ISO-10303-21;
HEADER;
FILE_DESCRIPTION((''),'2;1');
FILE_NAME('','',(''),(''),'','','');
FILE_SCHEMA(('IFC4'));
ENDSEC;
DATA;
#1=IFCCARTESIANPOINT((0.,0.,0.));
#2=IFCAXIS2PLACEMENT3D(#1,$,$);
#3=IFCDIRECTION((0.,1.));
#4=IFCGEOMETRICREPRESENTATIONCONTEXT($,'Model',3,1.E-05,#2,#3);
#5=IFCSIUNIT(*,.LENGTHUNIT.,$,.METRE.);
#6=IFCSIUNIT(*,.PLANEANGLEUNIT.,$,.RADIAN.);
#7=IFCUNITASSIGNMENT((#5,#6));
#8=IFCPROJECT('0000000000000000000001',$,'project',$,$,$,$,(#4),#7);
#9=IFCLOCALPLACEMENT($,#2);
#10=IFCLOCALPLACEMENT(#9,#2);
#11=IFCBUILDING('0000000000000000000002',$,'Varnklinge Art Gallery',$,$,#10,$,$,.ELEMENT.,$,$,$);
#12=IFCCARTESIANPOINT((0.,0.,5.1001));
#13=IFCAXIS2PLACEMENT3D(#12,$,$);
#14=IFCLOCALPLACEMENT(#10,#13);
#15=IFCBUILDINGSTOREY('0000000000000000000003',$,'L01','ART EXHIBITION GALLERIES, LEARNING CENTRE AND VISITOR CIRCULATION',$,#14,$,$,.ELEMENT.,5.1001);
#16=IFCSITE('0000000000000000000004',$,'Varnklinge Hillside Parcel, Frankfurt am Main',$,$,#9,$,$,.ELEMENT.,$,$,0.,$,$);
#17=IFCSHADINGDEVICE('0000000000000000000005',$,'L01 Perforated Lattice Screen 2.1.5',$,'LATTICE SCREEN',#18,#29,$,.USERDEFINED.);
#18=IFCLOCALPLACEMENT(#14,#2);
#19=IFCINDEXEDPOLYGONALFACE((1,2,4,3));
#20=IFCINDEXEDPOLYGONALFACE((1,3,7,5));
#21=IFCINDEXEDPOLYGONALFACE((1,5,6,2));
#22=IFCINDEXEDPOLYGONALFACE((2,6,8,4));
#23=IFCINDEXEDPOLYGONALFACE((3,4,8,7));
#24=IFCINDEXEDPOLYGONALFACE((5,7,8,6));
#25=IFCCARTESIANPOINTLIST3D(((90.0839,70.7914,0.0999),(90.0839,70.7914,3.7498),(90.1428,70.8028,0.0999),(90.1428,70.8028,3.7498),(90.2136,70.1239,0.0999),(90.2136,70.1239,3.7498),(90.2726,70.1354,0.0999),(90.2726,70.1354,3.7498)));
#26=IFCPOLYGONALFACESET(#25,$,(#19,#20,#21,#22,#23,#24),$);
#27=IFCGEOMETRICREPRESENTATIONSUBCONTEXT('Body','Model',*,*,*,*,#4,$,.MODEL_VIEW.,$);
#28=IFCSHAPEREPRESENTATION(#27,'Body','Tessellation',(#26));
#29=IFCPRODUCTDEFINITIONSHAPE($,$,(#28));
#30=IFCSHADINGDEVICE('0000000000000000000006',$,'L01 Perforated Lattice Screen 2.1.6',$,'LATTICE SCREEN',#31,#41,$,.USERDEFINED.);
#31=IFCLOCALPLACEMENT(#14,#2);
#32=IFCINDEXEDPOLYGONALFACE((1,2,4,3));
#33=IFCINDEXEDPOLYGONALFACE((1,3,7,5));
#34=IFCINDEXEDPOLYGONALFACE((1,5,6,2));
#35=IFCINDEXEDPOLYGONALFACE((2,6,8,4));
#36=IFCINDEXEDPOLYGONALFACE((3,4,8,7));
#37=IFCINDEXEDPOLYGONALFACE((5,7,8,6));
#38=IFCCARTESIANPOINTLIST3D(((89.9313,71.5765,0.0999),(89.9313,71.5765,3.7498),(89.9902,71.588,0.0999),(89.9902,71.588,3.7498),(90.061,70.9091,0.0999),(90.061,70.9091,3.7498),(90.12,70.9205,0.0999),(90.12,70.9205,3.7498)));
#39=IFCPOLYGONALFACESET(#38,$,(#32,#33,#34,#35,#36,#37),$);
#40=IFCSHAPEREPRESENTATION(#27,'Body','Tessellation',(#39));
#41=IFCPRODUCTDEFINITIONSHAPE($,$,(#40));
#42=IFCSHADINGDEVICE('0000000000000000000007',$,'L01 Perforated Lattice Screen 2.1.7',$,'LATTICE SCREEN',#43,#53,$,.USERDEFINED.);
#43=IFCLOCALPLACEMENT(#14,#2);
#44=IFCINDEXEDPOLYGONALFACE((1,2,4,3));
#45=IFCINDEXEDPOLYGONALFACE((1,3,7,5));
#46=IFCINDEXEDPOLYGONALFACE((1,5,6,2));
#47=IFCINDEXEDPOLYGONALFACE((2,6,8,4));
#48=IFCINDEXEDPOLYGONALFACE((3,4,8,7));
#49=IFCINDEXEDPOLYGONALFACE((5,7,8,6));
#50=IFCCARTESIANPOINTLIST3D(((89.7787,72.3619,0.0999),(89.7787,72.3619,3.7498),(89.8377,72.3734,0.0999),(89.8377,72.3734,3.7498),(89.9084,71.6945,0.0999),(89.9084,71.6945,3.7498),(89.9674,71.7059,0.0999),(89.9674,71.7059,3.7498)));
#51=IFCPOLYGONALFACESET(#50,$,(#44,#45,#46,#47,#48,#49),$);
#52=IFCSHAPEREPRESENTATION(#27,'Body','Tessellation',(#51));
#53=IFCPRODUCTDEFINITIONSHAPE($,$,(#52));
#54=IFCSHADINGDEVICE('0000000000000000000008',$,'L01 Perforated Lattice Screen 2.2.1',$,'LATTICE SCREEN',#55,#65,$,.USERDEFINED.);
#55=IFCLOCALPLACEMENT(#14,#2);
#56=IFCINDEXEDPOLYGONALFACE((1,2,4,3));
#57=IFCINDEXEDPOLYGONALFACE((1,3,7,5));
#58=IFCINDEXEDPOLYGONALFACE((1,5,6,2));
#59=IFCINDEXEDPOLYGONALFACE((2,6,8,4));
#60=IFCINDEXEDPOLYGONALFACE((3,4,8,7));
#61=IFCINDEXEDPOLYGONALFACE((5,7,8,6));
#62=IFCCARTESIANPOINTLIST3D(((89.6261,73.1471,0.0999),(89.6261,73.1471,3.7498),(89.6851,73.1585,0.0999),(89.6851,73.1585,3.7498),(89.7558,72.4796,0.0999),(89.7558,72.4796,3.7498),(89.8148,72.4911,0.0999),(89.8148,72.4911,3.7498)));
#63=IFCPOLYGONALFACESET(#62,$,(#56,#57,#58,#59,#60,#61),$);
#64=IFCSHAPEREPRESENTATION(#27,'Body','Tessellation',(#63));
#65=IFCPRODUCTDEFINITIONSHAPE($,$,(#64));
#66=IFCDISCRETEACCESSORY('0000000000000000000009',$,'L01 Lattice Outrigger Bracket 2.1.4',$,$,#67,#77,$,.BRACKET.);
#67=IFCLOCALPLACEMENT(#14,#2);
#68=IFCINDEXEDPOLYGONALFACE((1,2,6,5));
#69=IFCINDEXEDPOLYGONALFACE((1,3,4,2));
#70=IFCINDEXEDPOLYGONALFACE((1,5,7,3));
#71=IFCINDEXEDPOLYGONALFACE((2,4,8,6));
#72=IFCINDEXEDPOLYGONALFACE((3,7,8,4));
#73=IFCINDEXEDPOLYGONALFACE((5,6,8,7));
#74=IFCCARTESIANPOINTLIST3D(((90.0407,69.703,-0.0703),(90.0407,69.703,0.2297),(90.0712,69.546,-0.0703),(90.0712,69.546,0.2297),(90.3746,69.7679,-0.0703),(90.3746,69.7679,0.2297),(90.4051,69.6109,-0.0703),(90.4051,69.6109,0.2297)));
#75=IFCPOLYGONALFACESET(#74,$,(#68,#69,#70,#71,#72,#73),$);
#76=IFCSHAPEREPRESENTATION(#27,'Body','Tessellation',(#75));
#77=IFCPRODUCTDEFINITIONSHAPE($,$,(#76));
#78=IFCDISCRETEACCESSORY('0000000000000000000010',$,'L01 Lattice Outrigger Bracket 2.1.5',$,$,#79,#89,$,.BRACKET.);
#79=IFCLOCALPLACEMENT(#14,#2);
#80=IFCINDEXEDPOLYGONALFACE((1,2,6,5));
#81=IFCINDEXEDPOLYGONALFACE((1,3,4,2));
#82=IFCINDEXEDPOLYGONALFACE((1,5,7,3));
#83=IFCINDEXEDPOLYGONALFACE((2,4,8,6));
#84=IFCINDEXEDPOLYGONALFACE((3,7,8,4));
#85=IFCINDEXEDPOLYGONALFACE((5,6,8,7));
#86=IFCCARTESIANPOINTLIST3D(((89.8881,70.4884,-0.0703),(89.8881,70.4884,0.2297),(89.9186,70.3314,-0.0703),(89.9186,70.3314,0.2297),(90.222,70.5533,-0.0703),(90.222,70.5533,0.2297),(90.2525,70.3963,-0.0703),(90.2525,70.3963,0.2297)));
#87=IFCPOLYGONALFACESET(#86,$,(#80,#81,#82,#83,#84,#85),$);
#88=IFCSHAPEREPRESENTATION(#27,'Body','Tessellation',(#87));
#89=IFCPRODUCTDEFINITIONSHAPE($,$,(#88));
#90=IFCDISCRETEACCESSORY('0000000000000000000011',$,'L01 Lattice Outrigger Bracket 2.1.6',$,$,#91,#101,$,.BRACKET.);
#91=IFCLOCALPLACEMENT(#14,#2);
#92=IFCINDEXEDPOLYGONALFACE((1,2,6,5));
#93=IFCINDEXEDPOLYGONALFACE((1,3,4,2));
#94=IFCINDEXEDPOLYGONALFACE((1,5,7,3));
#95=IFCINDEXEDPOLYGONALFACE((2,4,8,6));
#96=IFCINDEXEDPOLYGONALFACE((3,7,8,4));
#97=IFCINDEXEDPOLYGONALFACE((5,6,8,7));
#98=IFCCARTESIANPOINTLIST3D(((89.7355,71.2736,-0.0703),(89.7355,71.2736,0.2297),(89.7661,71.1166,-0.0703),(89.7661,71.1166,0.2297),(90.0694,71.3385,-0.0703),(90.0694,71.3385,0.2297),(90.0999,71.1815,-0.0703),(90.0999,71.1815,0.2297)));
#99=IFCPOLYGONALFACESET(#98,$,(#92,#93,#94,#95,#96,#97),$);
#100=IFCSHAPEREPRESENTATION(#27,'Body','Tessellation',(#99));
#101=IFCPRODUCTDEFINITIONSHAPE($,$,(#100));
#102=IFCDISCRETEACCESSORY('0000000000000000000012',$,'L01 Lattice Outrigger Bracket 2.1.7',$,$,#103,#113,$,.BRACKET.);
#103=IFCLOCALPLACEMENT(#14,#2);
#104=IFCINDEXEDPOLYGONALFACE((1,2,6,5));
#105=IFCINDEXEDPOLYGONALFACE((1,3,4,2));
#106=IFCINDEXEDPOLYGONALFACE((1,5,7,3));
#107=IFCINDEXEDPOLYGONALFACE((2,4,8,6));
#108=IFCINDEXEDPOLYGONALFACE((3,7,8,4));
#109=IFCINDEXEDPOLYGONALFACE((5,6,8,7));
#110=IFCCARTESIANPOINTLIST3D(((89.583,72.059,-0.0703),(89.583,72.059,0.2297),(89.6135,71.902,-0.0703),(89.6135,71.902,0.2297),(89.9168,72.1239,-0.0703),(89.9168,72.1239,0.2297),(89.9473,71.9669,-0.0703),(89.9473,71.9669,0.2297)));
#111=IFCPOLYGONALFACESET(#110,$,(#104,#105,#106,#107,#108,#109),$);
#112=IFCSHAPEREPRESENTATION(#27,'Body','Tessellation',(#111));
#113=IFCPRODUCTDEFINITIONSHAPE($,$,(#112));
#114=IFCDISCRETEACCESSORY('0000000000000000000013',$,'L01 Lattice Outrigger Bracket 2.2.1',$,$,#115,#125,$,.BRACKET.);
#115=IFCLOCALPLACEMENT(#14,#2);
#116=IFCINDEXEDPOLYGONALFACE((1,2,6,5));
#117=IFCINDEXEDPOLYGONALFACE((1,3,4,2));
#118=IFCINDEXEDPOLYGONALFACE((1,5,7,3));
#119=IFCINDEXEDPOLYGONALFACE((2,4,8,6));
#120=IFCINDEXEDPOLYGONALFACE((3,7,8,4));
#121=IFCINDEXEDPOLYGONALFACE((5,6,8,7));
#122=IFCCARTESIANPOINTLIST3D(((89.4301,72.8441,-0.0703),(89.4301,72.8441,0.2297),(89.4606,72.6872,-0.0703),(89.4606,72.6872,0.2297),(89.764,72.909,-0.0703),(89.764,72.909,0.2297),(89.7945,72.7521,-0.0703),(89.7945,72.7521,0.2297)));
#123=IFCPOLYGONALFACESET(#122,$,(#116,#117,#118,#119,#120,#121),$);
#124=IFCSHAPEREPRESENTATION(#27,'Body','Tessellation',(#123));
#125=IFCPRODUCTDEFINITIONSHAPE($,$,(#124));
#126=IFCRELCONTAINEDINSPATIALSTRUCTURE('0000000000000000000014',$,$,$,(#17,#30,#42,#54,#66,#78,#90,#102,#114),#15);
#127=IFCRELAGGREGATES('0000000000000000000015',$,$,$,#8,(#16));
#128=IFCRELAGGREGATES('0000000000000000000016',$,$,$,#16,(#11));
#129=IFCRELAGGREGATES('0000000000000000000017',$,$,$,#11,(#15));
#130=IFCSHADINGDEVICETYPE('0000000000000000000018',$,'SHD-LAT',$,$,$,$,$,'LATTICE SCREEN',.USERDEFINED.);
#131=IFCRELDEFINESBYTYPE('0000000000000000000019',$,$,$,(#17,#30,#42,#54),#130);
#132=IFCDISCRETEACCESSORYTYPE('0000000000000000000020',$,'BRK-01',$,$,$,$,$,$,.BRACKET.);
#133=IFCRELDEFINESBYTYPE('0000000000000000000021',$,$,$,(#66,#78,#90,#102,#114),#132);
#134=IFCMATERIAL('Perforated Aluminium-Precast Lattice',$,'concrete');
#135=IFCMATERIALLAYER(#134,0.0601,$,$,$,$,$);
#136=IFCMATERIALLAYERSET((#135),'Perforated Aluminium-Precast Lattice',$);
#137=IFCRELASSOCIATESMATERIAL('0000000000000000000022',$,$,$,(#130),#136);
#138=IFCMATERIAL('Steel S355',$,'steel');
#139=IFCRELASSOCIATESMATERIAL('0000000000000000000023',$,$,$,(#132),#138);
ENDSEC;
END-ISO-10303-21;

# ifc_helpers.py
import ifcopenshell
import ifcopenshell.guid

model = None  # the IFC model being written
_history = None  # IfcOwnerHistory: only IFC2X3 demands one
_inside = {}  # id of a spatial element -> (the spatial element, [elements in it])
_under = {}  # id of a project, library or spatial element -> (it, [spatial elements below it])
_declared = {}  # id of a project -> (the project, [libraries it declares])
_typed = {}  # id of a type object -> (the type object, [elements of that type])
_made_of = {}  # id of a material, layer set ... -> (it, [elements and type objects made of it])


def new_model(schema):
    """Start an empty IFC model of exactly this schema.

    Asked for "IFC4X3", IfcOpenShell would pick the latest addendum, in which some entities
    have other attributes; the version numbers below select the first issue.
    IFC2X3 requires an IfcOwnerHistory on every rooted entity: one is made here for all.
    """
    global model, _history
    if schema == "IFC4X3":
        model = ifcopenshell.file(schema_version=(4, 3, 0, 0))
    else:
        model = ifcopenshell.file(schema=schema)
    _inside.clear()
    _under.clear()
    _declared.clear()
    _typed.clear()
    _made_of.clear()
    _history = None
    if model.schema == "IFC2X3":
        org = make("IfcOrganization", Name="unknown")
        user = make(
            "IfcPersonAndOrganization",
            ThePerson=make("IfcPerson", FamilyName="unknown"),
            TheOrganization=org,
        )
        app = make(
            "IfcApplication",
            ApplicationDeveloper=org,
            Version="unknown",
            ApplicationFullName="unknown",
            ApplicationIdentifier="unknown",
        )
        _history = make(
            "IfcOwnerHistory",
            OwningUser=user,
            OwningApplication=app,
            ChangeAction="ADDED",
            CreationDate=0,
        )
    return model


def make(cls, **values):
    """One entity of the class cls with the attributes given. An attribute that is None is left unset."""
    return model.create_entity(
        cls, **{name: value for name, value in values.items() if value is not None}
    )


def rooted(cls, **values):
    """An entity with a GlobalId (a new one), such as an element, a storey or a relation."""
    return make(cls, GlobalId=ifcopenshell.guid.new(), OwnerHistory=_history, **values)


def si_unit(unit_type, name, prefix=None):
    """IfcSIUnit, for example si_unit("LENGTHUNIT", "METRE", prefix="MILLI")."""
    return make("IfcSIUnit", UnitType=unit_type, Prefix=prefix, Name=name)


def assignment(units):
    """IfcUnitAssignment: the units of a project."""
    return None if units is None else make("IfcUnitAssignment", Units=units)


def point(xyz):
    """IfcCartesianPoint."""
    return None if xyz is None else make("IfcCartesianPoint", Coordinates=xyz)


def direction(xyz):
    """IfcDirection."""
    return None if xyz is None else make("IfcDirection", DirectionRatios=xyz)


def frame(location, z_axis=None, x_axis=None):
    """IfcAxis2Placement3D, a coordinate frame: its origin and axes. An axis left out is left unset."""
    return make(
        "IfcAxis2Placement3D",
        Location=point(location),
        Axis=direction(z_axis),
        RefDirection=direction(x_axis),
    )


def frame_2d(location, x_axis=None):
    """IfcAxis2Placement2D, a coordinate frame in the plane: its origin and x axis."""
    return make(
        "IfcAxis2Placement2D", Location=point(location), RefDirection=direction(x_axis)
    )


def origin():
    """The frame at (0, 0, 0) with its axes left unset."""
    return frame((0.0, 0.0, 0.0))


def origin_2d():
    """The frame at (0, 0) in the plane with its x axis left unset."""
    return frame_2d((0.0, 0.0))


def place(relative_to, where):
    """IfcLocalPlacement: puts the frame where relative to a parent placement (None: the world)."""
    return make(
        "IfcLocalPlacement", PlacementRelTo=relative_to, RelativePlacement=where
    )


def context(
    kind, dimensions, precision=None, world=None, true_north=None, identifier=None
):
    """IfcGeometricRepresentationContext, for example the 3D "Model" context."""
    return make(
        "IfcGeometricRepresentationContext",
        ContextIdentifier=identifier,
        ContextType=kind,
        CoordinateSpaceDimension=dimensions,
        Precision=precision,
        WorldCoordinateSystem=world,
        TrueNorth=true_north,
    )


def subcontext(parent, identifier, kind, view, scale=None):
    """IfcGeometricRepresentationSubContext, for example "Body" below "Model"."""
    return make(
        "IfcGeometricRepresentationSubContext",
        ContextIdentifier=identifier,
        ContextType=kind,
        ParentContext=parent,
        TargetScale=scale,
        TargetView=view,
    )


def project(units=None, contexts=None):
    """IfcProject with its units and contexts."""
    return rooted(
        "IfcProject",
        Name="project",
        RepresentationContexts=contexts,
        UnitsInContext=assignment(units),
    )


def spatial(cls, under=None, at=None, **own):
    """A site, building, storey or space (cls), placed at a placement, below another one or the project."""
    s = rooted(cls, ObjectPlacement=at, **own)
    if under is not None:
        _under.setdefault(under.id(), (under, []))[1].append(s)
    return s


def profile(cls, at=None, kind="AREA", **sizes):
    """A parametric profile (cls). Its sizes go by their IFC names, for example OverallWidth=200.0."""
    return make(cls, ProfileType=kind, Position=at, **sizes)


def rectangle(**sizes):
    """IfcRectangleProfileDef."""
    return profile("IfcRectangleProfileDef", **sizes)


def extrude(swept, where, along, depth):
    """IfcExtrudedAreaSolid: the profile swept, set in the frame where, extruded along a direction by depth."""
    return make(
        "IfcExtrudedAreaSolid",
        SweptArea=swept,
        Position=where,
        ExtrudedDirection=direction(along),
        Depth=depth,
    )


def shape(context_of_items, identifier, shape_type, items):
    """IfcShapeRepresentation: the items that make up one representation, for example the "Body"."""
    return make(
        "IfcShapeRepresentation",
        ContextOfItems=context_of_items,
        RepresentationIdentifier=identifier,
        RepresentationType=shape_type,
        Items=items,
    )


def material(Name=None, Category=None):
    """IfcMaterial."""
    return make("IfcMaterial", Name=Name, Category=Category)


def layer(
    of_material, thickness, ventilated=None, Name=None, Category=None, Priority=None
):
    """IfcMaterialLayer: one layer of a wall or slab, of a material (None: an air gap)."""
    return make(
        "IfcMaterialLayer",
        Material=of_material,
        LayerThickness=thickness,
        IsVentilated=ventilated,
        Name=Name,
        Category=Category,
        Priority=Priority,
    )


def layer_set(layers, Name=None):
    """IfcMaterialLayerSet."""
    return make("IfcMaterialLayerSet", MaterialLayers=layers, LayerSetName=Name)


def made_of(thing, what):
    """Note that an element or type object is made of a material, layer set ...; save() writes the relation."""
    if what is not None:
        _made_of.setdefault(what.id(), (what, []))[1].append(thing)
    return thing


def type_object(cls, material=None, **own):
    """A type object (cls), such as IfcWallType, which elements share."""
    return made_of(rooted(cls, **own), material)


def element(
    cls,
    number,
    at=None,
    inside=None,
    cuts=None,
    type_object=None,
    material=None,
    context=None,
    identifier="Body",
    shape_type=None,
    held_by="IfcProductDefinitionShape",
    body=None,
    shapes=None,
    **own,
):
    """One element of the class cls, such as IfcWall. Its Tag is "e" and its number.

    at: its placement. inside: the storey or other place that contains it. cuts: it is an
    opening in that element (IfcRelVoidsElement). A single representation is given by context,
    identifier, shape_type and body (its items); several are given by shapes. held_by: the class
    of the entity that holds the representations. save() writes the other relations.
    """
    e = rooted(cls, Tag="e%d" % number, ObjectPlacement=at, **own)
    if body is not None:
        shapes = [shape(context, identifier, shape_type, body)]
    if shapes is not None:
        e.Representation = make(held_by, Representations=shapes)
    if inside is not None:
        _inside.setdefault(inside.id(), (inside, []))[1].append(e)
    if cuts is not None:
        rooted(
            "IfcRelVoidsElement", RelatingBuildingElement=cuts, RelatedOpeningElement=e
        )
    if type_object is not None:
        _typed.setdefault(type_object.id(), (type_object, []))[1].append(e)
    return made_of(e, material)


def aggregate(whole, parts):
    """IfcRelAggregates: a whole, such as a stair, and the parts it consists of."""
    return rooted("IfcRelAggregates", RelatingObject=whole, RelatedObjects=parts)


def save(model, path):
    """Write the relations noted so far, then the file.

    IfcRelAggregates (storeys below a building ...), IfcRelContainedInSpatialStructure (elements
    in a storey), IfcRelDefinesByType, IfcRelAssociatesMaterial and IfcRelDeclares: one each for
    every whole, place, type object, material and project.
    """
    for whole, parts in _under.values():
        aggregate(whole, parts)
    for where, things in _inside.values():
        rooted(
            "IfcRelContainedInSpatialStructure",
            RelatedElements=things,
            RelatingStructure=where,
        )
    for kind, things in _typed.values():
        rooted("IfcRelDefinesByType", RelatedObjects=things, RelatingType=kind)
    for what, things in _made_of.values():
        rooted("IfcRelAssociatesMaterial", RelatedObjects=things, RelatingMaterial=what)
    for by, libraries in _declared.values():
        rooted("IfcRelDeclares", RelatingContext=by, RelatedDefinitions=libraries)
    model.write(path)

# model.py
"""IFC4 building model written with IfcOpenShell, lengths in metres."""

from ifc_helpers import new_model, si_unit, direction, frame, origin, origin_2d, place, context, subcontext, project, spatial, rectangle, extrude, material, layer, layer_set, type_object, element, save


model = new_model("IFC4")

# Units and contexts
model_context = context("Model", 3, precision=1e-05, world=origin(), true_north=direction((0.0, 1.0)))
body_context = subcontext(model_context, "Body", "Model", "MODEL_VIEW")
ifc_project = project(units=[si_unit("LENGTHUNIT", "METRE"), si_unit("PLANEANGLEUNIT", "RADIAN")], contexts=[model_context])

# Site, building, storey
site_placement = place(None, origin())
site = spatial("IfcSite", under=ifc_project, at=site_placement, Name="Varnklinge Hillside Parcel, Frankfurt am Main", CompositionType="ELEMENT", RefElevation=0.0)
building_placement = place(site_placement, origin())
building = spatial("IfcBuilding", under=site, at=building_placement, Name="Varnklinge Art Gallery", CompositionType="ELEMENT")
storey_placement = place(building_placement, frame((0.0, 0.0, 5.1001)))
storey = spatial("IfcBuildingStorey", under=building, at=storey_placement, Name="L01", Description="ART EXHIBITION GALLERIES, LEARNING CENTRE AND VISITOR CIRCULATION", CompositionType="ELEMENT", Elevation=5.1001)

# Shading devices
ifc_material_1 = material(Name="Perforated Aluminium-Precast Lattice", Category="concrete")
ifc_layer_1 = layer(ifc_material_1, 0.0601)
ifc_layer_set_1 = layer_set([ifc_layer_1], Name="Perforated Aluminium-Precast Lattice")
shading_device_type = type_object("IfcShadingDeviceType", Name="SHD-LAT", ElementType="LATTICE SCREEN", PredefinedType="USERDEFINED", material=ifc_layer_set_1)
for number, where, z_axis, x_axis, name in (
    (1, (90.1782, 70.4634, 0.0999), (0.0, 0.0, 1.0), (-0.190809, 0.981627, 0.0), "L01 Perforated Lattice Screen 2.1.5"),
    (2, (90.0256, 71.2485, 0.0999), (0.0, 0.0, 1.0), (-0.190809, 0.981627, 0.0), "L01 Perforated Lattice Screen 2.1.6"),
    (3, (89.873, 72.0339, 0.0999), (0.0, 0.0, 1.0), (-0.190809, 0.981627, 0.0), "L01 Perforated Lattice Screen 2.1.7"),
    (4, (89.7205, 72.8191, 0.0999), (0.0, 0.0, 1.0), (-0.190809, 0.981627, 0.0), "L01 Perforated Lattice Screen 2.2.1"),
):
    element("IfcShadingDevice", number, at=place(storey_placement, frame(where, z_axis=z_axis, x_axis=x_axis)), inside=storey, type_object=shading_device_type, Name=name, ObjectType="LATTICE SCREEN", PredefinedType="USERDEFINED", context=body_context, shape_type="SweptSolid", body=[
        extrude(rectangle(XDim=0.6799, YDim=0.0601, at=origin_2d()), origin(), (0.0, 0.0, 1.0), 3.6499),
    ])

# Discrete accessories
ifc_material_2 = material(Name="Steel S355", Category="steel")
discrete_accessory_type = type_object("IfcDiscreteAccessoryType", Name="BRK-01", PredefinedType="BRACKET", material=ifc_material_2)
for number, where, z_axis, x_axis, name in (
    (5, (90.2229, 69.657, -0.0703), (0.0, 0.0, 1.0), (-0.190809, 0.981627, 0.0), "L01 Lattice Outrigger Bracket 2.1.4"),
    (6, (90.0703, 70.4424, -0.0703), (0.0, 0.0, 1.0), (-0.190809, 0.981627, 0.0), "L01 Lattice Outrigger Bracket 2.1.5"),
    (7, (89.9177, 71.2275, -0.0703), (0.0, 0.0, 1.0), (-0.190809, 0.981627, 0.0), "L01 Lattice Outrigger Bracket 2.1.6"),
    (8, (89.7651, 72.0129, -0.0703), (0.0, 0.0, 1.0), (-0.190809, 0.981627, 0.0), "L01 Lattice Outrigger Bracket 2.1.7"),
    (9, (89.6123, 72.7981, -0.0703), (0.0, 0.0, 1.0), (-0.190809, 0.981627, 0.0), "L01 Lattice Outrigger Bracket 2.2.1"),
):
    element("IfcDiscreteAccessory", number, at=place(storey_placement, frame(where, z_axis=z_axis, x_axis=x_axis)), inside=storey, type_object=discrete_accessory_type, Name=name, PredefinedType="BRACKET", context=body_context, shape_type="SweptSolid", body=[
        extrude(rectangle(XDim=0.1599, YDim=0.3401, at=origin_2d()), origin(), (0.0, 0.0, 1.0), 0.3),
    ])

save(model, "model.ifc")
